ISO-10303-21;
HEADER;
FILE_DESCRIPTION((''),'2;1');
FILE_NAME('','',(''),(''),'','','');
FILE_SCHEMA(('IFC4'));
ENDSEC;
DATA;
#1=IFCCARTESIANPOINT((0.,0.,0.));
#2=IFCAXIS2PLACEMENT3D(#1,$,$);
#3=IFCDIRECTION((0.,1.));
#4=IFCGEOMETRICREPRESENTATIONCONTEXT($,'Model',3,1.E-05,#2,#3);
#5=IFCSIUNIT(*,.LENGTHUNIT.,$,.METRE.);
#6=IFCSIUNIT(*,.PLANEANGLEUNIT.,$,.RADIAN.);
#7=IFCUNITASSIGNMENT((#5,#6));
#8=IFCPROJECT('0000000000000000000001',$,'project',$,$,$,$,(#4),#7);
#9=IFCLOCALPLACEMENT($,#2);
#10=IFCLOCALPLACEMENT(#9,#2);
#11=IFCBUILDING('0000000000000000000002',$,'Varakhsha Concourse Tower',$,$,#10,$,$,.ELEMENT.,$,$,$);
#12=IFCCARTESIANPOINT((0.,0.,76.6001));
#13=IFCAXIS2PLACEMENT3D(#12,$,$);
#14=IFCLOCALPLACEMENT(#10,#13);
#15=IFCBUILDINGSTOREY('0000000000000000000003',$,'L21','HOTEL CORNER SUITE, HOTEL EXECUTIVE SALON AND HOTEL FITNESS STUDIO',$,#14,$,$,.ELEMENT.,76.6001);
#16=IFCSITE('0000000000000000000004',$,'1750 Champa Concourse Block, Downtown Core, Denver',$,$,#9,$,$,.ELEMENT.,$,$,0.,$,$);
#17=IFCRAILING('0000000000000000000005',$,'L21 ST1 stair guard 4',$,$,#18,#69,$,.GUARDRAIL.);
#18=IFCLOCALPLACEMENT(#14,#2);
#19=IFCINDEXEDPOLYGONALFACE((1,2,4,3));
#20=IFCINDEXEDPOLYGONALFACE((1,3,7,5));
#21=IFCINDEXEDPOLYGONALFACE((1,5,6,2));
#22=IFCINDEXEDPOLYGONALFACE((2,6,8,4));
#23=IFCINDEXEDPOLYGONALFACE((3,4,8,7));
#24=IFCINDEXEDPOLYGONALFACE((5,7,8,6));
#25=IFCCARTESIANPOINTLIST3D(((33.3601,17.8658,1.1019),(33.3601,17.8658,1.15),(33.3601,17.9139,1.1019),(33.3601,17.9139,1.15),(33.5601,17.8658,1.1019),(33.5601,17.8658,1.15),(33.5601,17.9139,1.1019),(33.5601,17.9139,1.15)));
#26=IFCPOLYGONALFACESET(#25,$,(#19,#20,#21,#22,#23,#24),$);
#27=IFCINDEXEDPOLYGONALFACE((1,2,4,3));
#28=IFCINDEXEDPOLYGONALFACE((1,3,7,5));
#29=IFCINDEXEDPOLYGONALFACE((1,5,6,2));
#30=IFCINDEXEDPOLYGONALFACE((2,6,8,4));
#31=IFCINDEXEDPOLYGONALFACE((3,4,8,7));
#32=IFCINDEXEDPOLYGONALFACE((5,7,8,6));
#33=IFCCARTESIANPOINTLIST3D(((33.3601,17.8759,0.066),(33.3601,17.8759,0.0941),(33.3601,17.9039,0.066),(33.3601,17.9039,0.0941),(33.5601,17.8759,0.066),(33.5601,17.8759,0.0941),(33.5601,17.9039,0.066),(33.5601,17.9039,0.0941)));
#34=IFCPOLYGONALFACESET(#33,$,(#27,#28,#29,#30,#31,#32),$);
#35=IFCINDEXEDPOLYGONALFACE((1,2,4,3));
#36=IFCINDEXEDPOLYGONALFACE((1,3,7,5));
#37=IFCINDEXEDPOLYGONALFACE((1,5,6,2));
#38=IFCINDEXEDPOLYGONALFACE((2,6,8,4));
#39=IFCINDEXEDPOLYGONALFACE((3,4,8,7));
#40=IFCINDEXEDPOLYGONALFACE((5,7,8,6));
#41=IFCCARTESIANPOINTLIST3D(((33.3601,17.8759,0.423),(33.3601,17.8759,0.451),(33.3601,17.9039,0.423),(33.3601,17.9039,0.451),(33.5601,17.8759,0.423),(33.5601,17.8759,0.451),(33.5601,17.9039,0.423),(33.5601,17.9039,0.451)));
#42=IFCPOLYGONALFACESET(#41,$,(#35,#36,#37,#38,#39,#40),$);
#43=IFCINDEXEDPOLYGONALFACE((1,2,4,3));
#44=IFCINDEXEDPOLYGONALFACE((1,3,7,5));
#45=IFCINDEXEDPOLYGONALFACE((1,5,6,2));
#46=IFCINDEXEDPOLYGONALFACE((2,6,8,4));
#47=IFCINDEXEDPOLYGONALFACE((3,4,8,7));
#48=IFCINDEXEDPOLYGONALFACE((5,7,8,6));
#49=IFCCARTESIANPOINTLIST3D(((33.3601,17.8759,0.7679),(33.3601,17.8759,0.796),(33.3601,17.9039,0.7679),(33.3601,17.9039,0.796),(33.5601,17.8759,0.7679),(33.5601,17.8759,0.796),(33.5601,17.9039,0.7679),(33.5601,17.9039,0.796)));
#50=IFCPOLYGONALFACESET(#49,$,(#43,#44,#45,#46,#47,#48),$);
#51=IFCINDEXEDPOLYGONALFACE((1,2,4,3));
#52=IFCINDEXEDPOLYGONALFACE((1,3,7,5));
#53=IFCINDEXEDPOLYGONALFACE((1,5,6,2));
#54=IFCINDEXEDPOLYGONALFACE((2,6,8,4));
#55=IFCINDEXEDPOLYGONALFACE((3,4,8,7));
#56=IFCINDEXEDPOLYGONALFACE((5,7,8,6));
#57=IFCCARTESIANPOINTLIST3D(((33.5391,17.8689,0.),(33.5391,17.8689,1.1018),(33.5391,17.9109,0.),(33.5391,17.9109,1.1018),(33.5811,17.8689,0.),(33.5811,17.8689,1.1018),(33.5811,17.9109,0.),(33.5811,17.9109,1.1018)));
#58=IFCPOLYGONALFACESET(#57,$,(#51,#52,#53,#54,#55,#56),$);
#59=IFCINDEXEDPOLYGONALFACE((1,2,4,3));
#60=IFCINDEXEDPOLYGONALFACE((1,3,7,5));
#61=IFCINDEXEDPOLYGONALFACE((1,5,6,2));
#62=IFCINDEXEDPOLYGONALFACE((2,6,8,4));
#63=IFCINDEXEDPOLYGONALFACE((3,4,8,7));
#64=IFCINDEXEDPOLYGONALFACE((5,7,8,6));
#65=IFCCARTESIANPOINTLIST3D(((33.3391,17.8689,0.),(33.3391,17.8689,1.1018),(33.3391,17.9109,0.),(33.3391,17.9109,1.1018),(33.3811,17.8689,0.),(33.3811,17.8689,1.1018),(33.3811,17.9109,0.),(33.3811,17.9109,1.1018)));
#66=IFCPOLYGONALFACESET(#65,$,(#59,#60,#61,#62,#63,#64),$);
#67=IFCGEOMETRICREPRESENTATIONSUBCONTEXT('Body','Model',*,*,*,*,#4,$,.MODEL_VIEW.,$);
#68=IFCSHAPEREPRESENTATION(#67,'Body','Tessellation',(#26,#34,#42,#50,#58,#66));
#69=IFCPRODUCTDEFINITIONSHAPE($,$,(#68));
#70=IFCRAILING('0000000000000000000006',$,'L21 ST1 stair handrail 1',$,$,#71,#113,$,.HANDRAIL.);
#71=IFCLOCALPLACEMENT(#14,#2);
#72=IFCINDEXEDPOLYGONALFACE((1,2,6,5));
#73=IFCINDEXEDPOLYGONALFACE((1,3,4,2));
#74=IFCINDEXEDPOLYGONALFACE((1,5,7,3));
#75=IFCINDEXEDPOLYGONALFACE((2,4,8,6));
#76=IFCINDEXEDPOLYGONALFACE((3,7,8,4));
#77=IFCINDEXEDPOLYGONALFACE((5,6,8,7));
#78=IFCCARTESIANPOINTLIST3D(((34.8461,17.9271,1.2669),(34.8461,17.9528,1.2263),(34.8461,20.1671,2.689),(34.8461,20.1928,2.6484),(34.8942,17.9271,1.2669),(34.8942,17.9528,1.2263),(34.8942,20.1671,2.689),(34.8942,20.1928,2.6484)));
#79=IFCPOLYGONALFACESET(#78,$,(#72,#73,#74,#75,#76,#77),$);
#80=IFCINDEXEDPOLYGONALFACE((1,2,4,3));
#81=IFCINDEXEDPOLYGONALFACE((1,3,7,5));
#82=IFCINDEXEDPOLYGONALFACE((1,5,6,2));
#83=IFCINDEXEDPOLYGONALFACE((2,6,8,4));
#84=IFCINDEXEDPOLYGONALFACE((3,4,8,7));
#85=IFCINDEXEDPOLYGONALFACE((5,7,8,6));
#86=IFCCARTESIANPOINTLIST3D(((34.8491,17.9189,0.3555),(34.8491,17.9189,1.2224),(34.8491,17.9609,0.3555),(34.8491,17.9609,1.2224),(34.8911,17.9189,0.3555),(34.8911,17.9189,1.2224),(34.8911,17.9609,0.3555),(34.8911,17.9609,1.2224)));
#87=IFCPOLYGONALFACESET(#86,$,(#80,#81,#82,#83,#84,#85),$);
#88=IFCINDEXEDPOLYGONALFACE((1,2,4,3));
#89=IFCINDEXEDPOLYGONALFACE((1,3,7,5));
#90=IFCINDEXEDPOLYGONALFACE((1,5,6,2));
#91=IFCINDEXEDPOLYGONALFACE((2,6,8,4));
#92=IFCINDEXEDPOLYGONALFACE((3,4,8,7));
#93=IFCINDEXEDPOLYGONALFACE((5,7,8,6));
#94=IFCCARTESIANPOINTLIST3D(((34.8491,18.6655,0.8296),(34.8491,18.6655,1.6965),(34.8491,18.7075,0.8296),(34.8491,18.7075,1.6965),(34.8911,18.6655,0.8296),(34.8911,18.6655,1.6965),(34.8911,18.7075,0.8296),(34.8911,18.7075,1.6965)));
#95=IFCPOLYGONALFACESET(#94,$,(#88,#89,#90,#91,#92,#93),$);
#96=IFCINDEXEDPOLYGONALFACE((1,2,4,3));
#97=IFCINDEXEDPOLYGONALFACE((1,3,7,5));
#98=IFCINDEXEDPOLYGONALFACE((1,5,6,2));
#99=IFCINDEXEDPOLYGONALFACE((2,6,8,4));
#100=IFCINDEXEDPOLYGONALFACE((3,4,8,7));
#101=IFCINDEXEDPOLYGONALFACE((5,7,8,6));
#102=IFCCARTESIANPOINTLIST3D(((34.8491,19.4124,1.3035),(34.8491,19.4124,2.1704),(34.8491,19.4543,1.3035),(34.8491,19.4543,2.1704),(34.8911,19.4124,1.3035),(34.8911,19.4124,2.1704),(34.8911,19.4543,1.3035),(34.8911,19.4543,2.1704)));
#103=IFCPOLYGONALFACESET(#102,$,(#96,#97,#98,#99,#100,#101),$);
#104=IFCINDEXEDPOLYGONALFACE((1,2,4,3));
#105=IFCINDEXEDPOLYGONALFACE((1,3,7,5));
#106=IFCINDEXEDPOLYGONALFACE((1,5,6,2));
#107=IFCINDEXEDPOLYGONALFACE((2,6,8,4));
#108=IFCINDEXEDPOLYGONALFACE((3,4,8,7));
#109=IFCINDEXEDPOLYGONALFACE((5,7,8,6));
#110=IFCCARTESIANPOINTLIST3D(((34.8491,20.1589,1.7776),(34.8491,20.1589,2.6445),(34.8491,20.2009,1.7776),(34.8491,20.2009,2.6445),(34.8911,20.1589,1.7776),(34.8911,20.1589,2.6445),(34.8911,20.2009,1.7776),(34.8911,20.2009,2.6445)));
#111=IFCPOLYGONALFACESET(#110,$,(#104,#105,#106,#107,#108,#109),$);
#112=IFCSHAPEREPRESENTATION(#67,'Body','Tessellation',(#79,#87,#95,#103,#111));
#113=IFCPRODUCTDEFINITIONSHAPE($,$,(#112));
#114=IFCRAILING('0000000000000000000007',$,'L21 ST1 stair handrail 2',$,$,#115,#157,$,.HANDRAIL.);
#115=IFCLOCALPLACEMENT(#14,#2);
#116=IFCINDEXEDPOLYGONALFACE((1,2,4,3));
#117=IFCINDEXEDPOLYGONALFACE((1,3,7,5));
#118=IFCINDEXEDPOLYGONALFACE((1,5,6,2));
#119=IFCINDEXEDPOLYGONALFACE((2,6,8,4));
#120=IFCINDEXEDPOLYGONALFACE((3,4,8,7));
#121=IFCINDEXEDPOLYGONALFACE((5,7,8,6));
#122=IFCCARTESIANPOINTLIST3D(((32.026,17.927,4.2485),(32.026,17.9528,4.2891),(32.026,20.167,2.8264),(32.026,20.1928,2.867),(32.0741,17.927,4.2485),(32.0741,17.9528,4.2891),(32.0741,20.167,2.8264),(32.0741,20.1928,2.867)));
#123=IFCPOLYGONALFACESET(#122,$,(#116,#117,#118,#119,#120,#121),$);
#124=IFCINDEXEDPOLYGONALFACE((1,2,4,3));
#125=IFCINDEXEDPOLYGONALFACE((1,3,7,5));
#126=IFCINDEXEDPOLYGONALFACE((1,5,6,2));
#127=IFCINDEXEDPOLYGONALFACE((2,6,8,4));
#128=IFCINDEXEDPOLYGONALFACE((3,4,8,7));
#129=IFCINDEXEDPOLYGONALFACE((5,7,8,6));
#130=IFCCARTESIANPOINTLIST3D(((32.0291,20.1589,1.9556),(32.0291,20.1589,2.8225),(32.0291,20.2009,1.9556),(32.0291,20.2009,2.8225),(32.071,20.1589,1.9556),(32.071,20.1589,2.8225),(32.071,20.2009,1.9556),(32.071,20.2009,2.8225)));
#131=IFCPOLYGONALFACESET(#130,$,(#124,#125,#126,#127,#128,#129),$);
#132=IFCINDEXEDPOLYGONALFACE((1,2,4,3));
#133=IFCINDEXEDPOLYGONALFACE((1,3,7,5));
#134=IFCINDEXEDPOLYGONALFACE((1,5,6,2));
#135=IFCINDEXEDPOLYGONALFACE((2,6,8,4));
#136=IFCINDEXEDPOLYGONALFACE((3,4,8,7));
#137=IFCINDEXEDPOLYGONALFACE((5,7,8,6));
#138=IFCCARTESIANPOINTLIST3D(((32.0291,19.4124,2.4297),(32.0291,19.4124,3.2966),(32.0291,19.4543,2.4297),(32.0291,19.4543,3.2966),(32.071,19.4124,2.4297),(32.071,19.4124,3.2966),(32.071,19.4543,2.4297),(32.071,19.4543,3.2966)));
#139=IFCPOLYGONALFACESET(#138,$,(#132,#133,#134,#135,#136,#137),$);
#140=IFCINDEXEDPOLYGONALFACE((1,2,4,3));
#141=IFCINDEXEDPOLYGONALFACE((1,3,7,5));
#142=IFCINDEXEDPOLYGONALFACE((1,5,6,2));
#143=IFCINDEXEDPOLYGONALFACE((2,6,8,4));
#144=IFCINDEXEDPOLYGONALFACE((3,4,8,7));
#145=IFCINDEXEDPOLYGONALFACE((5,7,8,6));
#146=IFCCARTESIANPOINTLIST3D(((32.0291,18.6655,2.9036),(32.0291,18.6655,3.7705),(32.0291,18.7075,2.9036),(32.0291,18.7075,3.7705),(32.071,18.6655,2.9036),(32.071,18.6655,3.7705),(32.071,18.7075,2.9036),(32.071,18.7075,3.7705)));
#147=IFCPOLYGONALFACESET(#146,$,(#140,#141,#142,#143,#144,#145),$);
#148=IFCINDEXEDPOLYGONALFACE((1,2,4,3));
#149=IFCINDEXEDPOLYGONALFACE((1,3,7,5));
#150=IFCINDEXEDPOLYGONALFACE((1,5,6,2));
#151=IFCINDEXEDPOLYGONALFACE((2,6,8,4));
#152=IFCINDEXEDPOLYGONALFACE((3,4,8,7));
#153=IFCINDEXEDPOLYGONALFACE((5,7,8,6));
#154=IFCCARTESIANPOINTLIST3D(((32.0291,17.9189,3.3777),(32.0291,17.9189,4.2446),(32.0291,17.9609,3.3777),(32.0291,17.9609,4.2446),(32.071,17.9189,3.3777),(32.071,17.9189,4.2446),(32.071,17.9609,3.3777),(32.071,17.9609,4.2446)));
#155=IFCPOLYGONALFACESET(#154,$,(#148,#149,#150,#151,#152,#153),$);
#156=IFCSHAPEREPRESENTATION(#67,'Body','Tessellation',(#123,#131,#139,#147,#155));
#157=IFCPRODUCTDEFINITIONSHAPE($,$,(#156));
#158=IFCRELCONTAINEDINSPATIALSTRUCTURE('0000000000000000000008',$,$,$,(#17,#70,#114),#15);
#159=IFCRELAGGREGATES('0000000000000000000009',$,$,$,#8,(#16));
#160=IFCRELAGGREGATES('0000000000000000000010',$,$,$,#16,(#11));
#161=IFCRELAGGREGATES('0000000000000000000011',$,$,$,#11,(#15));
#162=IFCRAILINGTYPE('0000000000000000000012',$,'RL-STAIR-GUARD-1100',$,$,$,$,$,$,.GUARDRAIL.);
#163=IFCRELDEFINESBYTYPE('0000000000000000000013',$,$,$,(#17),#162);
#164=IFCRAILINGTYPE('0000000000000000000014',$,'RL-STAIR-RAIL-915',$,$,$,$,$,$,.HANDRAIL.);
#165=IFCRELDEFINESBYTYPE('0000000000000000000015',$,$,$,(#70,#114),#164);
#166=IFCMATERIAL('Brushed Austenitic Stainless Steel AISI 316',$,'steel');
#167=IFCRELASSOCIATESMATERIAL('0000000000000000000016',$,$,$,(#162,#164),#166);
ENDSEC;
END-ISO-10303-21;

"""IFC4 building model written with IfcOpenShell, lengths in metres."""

from ifc_helpers import new_model, si_unit, direction, frame, origin, origin_2d, place, context, subcontext, project, spatial, rectangle, extrude, material, type_object, element, save


model = new_model("IFC4")

# Units and contexts
model_context = context("Model", 3, precision=1e-05, world=origin(), true_north=direction((0.0, 1.0)))
body_context = subcontext(model_context, "Body", "Model", "MODEL_VIEW")
ifc_project = project(units=[si_unit("LENGTHUNIT", "METRE"), si_unit("PLANEANGLEUNIT", "RADIAN")], contexts=[model_context])

# Site, building, storey
site_placement = place(None, origin())
site = spatial("IfcSite", under=ifc_project, at=site_placement, Name="1750 Champa Concourse Block, Downtown Core, Denver", CompositionType="ELEMENT", RefElevation=0.0)
building_placement = place(site_placement, origin())
building = spatial("IfcBuilding", under=site, at=building_placement, Name="Varakhsha Concourse Tower", CompositionType="ELEMENT")
storey_placement = place(building_placement, frame((0.0, 0.0, 76.6001)))
storey = spatial("IfcBuildingStorey", under=building, at=storey_placement, Name="L21", Description="HOTEL CORNER SUITE, HOTEL EXECUTIVE SALON AND HOTEL FITNESS STUDIO", CompositionType="ELEMENT", Elevation=76.6001)

# Shared definitions
ifc_material_1 = material(Name="Brushed Austenitic Stainless Steel AISI 316", Category="steel")

# Railings
railing_type_1 = type_object("IfcRailingType", Name="RL-STAIR-GUARD-1100", PredefinedType="GUARDRAIL", material=ifc_material_1)
railing_1_placement = place(storey_placement, frame((33.5601, 17.8899, 0.0)))
element("IfcRailing", 1, at=railing_1_placement, inside=storey, type_object=railing_type_1, Name="L21 ST1 stair guard 4", PredefinedType="GUARDRAIL", context=body_context, shape_type="SweptSolid", body=[
    extrude(rectangle(XDim=0.0481, YDim=0.0481, at=origin_2d()), frame((0.0, 0.0, 1.126), z_axis=(-1.0, 0.0, 0.0), x_axis=(0.0, -1.0, 0.0)), (0.0, 0.0, 1.0), 0.2),
    extrude(rectangle(XDim=0.0281, YDim=0.0281, at=origin_2d()), frame((0.0, 0.0, 0.0801), z_axis=(-1.0, 0.0, 0.0), x_axis=(0.0, -1.0, 0.0)), (0.0, 0.0, 1.0), 0.2),
    extrude(rectangle(XDim=0.0281, YDim=0.0281, at=origin_2d()), frame((0.0, 0.0, 0.437), z_axis=(-1.0, 0.0, 0.0), x_axis=(0.0, -1.0, 0.0)), (0.0, 0.0, 1.0), 0.2),
    extrude(rectangle(XDim=0.0281, YDim=0.0281, at=origin_2d()), frame((0.0, 0.0, 0.782), z_axis=(-1.0, 0.0, 0.0), x_axis=(0.0, -1.0, 0.0)), (0.0, 0.0, 1.0), 0.2),
    extrude(rectangle(XDim=0.042, YDim=0.042, at=origin_2d()), origin(), (0.0, 0.0, 1.0), 1.1018),
    extrude(rectangle(XDim=0.042, YDim=0.042, at=origin_2d()), frame((-0.2, 0.0, 0.0)), (0.0, 0.0, 1.0), 1.1018),
])
railing_type_2 = type_object("IfcRailingType", Name="RL-STAIR-RAIL-915", PredefinedType="HANDRAIL", material=ifc_material_1)
railing_2_placement = place(storey_placement, frame((34.8701, 17.9399, 0.3555)))
element("IfcRailing", 2, at=railing_2_placement, inside=storey, type_object=railing_type_2, Name="L21 ST1 stair handrail 1", PredefinedType="HANDRAIL", context=body_context, shape_type="SweptSolid", body=[
    extrude(rectangle(XDim=0.0481, YDim=0.0481, at=origin_2d()), frame((0.0, 0.0, 0.8911), z_axis=(0.0, 0.844229, 0.535982), x_axis=(-1.0, 0.0, 0.0)), (0.0, 0.0, 1.0), 2.6533),
    extrude(rectangle(XDim=0.042, YDim=0.042, at=origin_2d()), origin(), (0.0, 0.0, 1.0), 0.8669),
    extrude(rectangle(XDim=0.042, YDim=0.042, at=origin_2d()), frame((0.0, 0.7466, 0.4741)), (0.0, 0.0, 1.0), 0.8669),
    extrude(rectangle(XDim=0.042, YDim=0.042, at=origin_2d()), frame((0.0, 1.4934, 0.948)), (0.0, 0.0, 1.0), 0.8669),
    extrude(rectangle(XDim=0.042, YDim=0.042, at=origin_2d()), frame((0.0, 2.24, 1.4221)), (0.0, 0.0, 1.0), 0.8669),
])
railing_3_placement = place(storey_placement, frame((32.05, 20.1799, 1.9556)))
element("IfcRailing", 3, at=railing_3_placement, inside=storey, type_object=railing_type_2, Name="L21 ST1 stair handrail 2", PredefinedType="HANDRAIL", context=body_context, shape_type="SweptSolid", body=[
    extrude(rectangle(XDim=0.0481, YDim=0.0481, at=origin_2d()), frame((0.0, 0.0, 0.8911), z_axis=(0.0, -0.844229, 0.535982), x_axis=(1.0, 0.0, 0.0)), (0.0, 0.0, 1.0), 2.6533),
    extrude(rectangle(XDim=0.042, YDim=0.042, at=origin_2d()), origin(), (0.0, 0.0, 1.0), 0.8669),
    extrude(rectangle(XDim=0.042, YDim=0.042, at=origin_2d()), frame((0.0, -0.7466, 0.4741)), (0.0, 0.0, 1.0), 0.8669),
    extrude(rectangle(XDim=0.042, YDim=0.042, at=origin_2d()), frame((0.0, -1.4934, 0.948)), (0.0, 0.0, 1.0), 0.8669),
    extrude(rectangle(XDim=0.042, YDim=0.042, at=origin_2d()), frame((0.0, -2.24, 1.4221)), (0.0, 0.0, 1.0), 0.8669),
])

save(model, "model.ifc")
